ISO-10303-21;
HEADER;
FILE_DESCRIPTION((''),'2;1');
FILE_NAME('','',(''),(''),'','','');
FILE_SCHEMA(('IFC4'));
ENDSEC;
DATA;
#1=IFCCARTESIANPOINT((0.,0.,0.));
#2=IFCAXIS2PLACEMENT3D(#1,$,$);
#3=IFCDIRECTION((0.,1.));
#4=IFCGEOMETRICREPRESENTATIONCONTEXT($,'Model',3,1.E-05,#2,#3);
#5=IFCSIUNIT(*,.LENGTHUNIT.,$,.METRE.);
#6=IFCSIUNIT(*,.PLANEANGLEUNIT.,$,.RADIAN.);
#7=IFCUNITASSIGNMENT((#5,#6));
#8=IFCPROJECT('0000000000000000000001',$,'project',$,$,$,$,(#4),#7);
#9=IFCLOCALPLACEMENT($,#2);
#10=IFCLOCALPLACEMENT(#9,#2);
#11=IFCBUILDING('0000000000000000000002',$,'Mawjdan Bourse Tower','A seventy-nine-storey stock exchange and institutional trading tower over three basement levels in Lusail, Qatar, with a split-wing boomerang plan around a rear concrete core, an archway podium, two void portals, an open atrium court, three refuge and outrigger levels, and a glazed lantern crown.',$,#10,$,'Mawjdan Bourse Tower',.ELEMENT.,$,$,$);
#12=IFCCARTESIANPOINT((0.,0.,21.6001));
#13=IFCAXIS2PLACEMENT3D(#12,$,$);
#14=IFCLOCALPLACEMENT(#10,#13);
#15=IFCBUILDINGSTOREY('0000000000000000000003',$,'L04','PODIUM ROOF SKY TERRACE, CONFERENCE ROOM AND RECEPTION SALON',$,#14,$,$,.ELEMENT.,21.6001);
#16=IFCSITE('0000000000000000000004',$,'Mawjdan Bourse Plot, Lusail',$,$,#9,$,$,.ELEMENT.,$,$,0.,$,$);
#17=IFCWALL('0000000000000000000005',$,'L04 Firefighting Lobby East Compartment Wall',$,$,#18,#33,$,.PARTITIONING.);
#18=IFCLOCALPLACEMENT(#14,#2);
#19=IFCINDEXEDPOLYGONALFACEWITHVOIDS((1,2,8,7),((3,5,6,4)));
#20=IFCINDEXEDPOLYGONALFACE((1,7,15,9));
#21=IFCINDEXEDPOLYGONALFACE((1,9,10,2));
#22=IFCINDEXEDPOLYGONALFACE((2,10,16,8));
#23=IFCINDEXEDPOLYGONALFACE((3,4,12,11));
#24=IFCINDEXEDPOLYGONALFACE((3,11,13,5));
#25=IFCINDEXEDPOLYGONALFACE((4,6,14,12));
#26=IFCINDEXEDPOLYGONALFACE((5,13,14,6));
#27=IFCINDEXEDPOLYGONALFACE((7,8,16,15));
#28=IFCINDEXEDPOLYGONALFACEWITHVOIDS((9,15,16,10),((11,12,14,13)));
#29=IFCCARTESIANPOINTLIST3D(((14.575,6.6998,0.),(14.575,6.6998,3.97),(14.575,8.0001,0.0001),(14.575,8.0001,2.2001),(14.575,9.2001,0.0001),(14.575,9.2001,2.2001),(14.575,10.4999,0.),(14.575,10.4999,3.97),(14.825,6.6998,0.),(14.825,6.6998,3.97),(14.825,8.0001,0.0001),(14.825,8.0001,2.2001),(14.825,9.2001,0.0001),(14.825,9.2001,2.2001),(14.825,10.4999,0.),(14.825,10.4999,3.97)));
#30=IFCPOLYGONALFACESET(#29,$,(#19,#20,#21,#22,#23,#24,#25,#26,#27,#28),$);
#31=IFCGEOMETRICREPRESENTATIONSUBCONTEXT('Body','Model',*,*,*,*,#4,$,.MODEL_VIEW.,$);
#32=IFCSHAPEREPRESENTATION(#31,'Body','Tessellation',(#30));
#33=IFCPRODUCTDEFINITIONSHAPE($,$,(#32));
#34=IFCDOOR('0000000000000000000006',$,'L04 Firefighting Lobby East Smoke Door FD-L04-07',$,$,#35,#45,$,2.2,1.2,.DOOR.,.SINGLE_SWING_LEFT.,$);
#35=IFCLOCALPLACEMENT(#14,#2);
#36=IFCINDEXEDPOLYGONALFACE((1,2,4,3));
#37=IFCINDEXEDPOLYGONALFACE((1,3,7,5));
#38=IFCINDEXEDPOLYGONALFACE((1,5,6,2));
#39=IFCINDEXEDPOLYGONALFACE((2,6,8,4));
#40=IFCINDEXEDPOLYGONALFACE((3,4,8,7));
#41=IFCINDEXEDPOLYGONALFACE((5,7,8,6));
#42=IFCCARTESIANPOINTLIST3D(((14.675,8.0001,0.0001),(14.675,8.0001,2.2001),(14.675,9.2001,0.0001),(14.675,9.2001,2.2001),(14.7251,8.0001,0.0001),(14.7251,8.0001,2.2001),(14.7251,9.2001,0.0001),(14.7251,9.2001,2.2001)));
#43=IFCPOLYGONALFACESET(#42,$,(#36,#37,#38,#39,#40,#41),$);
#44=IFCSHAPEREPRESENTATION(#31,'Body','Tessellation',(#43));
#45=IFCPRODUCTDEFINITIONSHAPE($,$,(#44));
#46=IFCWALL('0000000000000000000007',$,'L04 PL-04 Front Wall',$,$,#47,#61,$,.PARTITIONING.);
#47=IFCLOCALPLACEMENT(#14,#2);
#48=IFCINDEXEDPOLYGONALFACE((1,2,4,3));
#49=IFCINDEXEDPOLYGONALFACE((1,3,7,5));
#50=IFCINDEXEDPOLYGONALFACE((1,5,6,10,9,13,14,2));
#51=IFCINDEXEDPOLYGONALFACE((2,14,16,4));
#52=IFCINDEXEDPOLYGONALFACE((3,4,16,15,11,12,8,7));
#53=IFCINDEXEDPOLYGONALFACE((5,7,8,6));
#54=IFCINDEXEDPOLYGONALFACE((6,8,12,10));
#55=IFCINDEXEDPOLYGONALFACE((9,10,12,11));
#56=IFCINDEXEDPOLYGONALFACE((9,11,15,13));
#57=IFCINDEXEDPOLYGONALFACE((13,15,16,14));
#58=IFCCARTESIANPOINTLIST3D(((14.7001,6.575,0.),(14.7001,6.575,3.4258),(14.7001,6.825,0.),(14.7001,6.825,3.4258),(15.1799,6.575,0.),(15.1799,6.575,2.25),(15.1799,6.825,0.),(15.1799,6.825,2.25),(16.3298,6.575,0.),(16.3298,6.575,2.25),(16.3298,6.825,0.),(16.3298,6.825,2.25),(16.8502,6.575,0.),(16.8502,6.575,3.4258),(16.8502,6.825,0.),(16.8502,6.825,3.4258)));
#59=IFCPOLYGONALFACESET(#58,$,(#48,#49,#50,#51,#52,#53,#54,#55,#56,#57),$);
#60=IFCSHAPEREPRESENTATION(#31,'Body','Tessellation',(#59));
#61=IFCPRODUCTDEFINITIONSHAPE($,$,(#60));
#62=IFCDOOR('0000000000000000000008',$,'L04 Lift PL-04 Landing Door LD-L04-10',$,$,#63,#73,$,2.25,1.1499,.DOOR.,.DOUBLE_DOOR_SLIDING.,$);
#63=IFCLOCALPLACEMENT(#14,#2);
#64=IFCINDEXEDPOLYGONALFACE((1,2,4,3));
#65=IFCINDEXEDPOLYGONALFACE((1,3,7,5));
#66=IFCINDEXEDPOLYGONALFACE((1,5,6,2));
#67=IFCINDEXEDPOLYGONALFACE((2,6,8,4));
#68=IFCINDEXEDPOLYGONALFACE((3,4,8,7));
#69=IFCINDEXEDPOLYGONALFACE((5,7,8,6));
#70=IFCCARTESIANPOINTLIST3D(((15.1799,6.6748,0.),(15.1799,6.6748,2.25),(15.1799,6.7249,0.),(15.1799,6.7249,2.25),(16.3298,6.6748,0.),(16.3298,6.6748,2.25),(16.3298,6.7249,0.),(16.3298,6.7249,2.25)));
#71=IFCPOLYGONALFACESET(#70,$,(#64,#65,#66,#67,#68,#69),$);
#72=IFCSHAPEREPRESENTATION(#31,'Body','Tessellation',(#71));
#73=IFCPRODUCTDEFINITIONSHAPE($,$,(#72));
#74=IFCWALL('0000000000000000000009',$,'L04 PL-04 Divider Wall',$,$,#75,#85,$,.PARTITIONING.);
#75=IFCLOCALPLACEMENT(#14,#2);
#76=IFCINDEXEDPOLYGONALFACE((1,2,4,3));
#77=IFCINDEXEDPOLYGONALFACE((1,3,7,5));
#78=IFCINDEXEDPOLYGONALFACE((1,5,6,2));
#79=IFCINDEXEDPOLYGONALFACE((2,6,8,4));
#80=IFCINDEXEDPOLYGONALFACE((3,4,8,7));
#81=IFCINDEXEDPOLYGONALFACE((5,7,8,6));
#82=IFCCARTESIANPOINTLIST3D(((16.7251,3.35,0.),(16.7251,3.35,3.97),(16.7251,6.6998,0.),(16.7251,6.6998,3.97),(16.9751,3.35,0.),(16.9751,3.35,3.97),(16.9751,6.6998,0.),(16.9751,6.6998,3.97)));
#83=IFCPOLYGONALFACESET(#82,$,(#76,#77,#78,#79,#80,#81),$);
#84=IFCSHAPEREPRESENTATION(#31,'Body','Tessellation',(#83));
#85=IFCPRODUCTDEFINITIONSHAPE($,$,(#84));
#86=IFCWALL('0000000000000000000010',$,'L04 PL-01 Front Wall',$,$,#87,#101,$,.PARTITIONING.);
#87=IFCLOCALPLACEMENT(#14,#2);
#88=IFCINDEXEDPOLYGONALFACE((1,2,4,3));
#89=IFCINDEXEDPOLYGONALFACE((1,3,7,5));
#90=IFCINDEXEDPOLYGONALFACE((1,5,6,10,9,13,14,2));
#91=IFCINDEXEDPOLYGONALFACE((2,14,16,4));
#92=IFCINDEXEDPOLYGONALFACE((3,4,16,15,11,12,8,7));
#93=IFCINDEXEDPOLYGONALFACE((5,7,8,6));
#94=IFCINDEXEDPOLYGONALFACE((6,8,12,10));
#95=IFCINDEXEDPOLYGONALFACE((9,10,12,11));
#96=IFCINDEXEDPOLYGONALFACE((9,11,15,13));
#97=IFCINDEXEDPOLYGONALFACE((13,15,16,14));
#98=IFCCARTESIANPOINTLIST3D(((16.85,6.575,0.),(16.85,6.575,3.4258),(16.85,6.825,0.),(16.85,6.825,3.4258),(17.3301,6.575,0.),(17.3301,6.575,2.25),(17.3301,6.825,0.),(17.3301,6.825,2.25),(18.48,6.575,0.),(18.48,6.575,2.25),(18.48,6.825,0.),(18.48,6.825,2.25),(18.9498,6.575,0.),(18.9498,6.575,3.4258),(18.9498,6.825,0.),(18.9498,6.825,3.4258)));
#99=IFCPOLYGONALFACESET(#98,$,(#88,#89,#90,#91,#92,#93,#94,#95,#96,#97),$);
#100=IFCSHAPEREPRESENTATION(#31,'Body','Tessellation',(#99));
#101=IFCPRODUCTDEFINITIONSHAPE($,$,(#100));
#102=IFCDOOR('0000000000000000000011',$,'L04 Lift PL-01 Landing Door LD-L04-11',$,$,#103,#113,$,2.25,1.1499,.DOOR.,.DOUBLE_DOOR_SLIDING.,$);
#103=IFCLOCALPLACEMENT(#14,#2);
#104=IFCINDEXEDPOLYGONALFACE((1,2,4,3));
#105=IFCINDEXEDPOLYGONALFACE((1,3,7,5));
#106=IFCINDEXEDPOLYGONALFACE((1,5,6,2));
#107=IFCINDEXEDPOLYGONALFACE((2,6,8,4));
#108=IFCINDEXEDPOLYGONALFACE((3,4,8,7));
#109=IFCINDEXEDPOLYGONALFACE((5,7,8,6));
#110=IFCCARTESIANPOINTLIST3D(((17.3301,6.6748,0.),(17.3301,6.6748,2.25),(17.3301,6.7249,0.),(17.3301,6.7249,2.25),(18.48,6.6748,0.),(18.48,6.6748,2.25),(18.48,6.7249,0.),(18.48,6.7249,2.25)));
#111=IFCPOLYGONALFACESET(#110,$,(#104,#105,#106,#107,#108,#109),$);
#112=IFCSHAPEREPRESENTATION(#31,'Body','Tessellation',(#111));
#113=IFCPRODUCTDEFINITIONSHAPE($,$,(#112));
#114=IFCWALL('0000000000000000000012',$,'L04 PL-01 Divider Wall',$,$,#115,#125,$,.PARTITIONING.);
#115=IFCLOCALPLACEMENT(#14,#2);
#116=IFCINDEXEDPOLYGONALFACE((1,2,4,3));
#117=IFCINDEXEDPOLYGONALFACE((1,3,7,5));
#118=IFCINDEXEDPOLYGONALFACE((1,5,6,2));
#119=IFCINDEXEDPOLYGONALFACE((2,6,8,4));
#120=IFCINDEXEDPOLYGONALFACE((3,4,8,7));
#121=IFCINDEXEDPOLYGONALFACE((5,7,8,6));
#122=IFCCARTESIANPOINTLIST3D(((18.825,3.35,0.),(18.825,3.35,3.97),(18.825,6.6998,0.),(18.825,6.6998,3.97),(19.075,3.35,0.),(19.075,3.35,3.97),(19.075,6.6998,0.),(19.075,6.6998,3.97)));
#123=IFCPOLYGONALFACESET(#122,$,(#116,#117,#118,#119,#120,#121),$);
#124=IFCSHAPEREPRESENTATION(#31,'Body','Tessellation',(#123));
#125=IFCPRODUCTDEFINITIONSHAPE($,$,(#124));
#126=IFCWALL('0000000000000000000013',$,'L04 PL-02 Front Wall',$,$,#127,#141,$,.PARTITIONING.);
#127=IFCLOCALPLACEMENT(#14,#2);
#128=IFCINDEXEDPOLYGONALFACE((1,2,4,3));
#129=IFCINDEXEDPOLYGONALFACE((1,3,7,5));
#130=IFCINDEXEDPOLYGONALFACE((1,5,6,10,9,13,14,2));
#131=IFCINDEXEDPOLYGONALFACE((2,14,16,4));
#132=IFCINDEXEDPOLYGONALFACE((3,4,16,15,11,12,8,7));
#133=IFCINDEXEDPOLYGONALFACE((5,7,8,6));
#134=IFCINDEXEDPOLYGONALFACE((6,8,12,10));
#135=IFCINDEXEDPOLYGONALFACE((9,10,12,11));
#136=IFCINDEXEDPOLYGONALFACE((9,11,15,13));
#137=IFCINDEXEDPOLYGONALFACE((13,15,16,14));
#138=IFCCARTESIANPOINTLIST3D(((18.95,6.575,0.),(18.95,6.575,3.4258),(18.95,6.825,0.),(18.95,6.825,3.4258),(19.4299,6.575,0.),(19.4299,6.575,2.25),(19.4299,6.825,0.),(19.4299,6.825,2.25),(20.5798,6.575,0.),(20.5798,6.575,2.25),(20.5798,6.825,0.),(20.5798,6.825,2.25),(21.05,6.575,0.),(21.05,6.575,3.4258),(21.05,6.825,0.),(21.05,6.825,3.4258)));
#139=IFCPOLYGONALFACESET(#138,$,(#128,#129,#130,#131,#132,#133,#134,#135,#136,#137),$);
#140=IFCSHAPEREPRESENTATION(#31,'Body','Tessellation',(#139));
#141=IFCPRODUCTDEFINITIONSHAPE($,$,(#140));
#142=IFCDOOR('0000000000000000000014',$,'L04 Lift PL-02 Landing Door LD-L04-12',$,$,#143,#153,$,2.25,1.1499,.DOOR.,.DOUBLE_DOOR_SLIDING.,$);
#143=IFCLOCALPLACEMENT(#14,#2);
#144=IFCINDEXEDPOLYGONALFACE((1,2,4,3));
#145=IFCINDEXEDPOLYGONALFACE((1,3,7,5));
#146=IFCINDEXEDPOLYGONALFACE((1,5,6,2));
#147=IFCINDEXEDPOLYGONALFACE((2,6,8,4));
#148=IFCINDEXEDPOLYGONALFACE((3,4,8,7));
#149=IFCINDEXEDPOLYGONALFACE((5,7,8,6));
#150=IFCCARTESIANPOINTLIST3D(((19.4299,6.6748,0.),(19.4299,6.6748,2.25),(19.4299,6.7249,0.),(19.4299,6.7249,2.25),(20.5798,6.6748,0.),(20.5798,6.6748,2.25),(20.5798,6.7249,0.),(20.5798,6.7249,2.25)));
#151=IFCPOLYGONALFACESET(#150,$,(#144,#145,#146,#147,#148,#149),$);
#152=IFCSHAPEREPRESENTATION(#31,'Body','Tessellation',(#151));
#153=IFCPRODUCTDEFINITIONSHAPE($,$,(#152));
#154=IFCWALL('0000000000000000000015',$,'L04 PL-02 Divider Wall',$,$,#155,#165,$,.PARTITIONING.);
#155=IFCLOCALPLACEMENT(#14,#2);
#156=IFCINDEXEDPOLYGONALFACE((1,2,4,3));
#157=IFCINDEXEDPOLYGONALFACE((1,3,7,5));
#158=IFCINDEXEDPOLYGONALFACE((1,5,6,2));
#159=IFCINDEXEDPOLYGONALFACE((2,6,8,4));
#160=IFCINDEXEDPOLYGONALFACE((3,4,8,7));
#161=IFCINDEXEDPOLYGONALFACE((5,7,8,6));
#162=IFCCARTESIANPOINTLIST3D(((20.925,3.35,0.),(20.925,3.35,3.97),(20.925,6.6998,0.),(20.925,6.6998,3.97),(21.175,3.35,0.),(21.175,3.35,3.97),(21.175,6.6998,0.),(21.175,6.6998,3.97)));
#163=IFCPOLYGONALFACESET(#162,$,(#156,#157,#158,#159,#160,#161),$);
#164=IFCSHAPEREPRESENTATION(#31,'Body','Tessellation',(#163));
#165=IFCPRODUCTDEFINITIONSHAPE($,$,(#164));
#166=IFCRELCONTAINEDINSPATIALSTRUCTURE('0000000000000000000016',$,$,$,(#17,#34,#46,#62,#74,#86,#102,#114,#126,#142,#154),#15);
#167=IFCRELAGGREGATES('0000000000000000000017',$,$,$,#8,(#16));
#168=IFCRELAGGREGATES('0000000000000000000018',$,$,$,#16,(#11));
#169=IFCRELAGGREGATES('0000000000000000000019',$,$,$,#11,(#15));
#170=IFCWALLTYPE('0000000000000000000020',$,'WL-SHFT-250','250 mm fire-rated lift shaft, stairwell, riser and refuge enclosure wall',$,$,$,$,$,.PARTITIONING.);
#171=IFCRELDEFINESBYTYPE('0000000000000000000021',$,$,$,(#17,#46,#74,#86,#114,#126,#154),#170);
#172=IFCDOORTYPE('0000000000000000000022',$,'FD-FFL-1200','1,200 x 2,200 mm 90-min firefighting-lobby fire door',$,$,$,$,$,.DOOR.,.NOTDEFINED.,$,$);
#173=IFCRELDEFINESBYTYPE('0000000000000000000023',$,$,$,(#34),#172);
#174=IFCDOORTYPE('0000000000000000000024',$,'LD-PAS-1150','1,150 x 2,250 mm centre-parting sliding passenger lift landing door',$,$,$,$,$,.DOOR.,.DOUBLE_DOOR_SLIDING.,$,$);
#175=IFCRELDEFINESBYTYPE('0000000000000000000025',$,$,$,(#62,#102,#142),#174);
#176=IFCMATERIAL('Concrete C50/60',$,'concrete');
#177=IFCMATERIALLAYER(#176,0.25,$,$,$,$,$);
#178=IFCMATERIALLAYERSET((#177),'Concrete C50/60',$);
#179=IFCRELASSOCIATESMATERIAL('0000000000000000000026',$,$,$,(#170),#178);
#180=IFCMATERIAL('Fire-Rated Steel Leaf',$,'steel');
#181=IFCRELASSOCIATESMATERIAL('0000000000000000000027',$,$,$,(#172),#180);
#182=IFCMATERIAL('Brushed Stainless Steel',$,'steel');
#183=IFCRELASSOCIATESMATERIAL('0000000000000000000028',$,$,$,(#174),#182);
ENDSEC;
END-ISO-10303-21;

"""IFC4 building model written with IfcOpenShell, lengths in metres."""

from ifc_helpers import new_model, si_unit, direction, frame, frame_2d, origin, place, context, subcontext, project, spatial, rectangle, extrude, material, layer, layer_set, type_object, element, fill, save


model = new_model("IFC4")

# Units and contexts
model_context = context("Model", 3, precision=1e-05, world=origin(), true_north=direction((0.0, 1.0)))
body_context = subcontext(model_context, "Body", "Model", "MODEL_VIEW")
ifc_project = project(units=[si_unit("LENGTHUNIT", "METRE"), si_unit("PLANEANGLEUNIT", "RADIAN")], contexts=[model_context])

# Site, building, storey
site_placement = place(None, origin())
site = spatial("IfcSite", under=ifc_project, at=site_placement, Name="Mawjdan Bourse Plot, Lusail", CompositionType="ELEMENT", RefElevation=0.0)
building_placement = place(site_placement, origin())
building = spatial("IfcBuilding", under=site, at=building_placement, Name="Mawjdan Bourse Tower", Description="A seventy-nine-storey stock exchange and institutional trading tower over three basement levels in Lusail, Qatar, with a split-wing boomerang plan around a rear concrete core, an archway podium, two void portals, an open atrium court, three refuge and outrigger levels, and a glazed lantern crown.", LongName="Mawjdan Bourse Tower", CompositionType="ELEMENT")
storey_placement = place(building_placement, frame((0.0, 0.0, 21.6001)))
storey = spatial("IfcBuildingStorey", under=building, at=storey_placement, Name="L04", Description="PODIUM ROOF SKY TERRACE, CONFERENCE ROOM AND RECEPTION SALON", CompositionType="ELEMENT", Elevation=21.6001)

# Shared definitions
ifc_material_1 = material(Name="Concrete C50/60", Category="concrete")
ifc_layer = layer(ifc_material_1, 0.25)
ifc_layer_set = layer_set([ifc_layer], Name="Concrete C50/60")
wall_type = type_object("IfcWallType", Name="WL-SHFT-250", Description="250 mm fire-rated lift shaft, stairwell, riser and refuge enclosure wall", PredefinedType="PARTITIONING", material=ifc_layer_set)

# Shared definitions
ifc_material_2 = material(Name="Brushed Stainless Steel", Category="steel")

# Walls, openings, doors
wall_1_placement = place(storey_placement, frame((14.7, 6.7, 0.0), z_axis=(0.0, 0.0, 1.0), x_axis=(0.0, 1.0, 0.0)))
wall_1 = element("IfcWall", 1, at=wall_1_placement, inside=storey, type_object=wall_type, Name="L04 Firefighting Lobby East Compartment Wall", PredefinedType="PARTITIONING", context=body_context, shape_type="SweptSolid", body=[
    extrude(rectangle(XDim=3.8, YDim=0.25, at=frame_2d((1.8999, 0.0))), origin(), (0.0, 0.0, 1.0), 3.97),
])
opening_1_placement = place(wall_1_placement, frame((1.3, 0.0, 0.0)))
opening_1 = element("IfcOpeningElement", 2, at=opening_1_placement, cuts=wall_1, PredefinedType="OPENING", context=body_context, shape_type="SweptSolid", body=[
    extrude(rectangle(XDim=1.2, YDim=2.2, at=frame_2d((0.6001, 1.1001))), frame((0.0, 0.135, 0.0), z_axis=(0.0, -1.0, 0.0), x_axis=(1.0, 0.0, 0.0)), (0.0, 0.0, 1.0), 0.27),
])
ifc_material_3 = material(Name="Fire-Rated Steel Leaf", Category="steel")
door_type_1 = type_object("IfcDoorType", Name="FD-FFL-1200", Description="1,200 x 2,200 mm 90-min firefighting-lobby fire door", OperationType="NOTDEFINED", PredefinedType="DOOR", material=ifc_material_3)
door_1_placement = place(opening_1_placement, origin())
door_1 = element("IfcDoor", 3, at=door_1_placement, inside=storey, type_object=door_type_1, Name="L04 Firefighting Lobby East Smoke Door FD-L04-07", OperationType="SINGLE_SWING_LEFT", OverallHeight=2.2, OverallWidth=1.2, PredefinedType="DOOR", context=body_context, shape_type="SweptSolid", body=[
    extrude(rectangle(XDim=1.2, YDim=2.2, at=frame_2d((0.6001, 1.1001))), frame((0.0, 0.0249, 0.0), z_axis=(0.0, -1.0, 0.0), x_axis=(1.0, 0.0, 0.0)), (0.0, 0.0, 1.0), 0.05),
])
fill(opening_1, door_1)
wall_2_placement = place(storey_placement, frame((14.7, 6.7, 0.0), z_axis=(0.0, 0.0, 1.0), x_axis=(1.0, 0.0, 0.0)))
wall_2 = element("IfcWall", 4, at=wall_2_placement, inside=storey, type_object=wall_type, Name="L04 PL-04 Front Wall", PredefinedType="PARTITIONING", context=body_context, shape_type="SweptSolid", body=[
    extrude(rectangle(XDim=2.1501, YDim=0.25, at=frame_2d((1.0752, 0.0))), origin(), (0.0, 0.0, 1.0), 3.4258),
])
opening_2_placement = place(wall_2_placement, frame((0.48, 0.0, 0.0)))
opening_2 = element("IfcOpeningElement", 5, at=opening_2_placement, cuts=wall_2, PredefinedType="OPENING", context=body_context, shape_type="SweptSolid", body=[
    extrude(rectangle(XDim=1.1499, YDim=2.25, at=frame_2d((0.575, 1.125))), frame((0.0, 0.135, 0.0), z_axis=(0.0, -1.0, 0.0), x_axis=(1.0, 0.0, 0.0)), (0.0, 0.0, 1.0), 0.27),
])
door_type_2 = type_object("IfcDoorType", Name="LD-PAS-1150", Description="1,150 x 2,250 mm centre-parting sliding passenger lift landing door", OperationType="DOUBLE_DOOR_SLIDING", PredefinedType="DOOR", material=ifc_material_2)
door_2_placement = place(opening_2_placement, origin())
door_2 = element("IfcDoor", 6, at=door_2_placement, inside=storey, type_object=door_type_2, Name="L04 Lift PL-04 Landing Door LD-L04-10", OperationType="DOUBLE_DOOR_SLIDING", OverallHeight=2.25, OverallWidth=1.1499, PredefinedType="DOOR", context=body_context, shape_type="SweptSolid", body=[
    extrude(rectangle(XDim=1.1499, YDim=2.25, at=frame_2d((0.575, 1.125))), frame((0.0, 0.0249, 0.0), z_axis=(0.0, -1.0, 0.0), x_axis=(1.0, 0.0, 0.0)), (0.0, 0.0, 1.0), 0.05),
])
fill(opening_2, door_2)

# Wall
wall_3_placement = place(storey_placement, frame((16.8501, 3.3501, 0.0), z_axis=(0.0, 0.0, 1.0), x_axis=(0.0, 1.0, 0.0)))
element("IfcWall", 7, at=wall_3_placement, inside=storey, type_object=wall_type, Name="L04 PL-04 Divider Wall", PredefinedType="PARTITIONING", context=body_context, shape_type="SweptSolid", body=[
    extrude(rectangle(XDim=3.3499, YDim=0.25, at=frame_2d((1.6748, 0.0))), origin(), (0.0, 0.0, 1.0), 3.97),
])

# Wall, opening, door
wall_4_placement = place(storey_placement, frame((16.8501, 6.7, 0.0), z_axis=(0.0, 0.0, 1.0), x_axis=(1.0, 0.0, 0.0)))
wall_4 = element("IfcWall", 8, at=wall_4_placement, inside=storey, type_object=wall_type, Name="L04 PL-01 Front Wall", PredefinedType="PARTITIONING", context=body_context, shape_type="SweptSolid", body=[
    extrude(rectangle(XDim=2.0999, YDim=0.25, at=frame_2d((1.0498, 0.0))), origin(), (0.0, 0.0, 1.0), 3.4258),
])
opening_3_placement = place(wall_4_placement, frame((0.48, 0.0, 0.0)))
opening_3 = element("IfcOpeningElement", 9, at=opening_3_placement, cuts=wall_4, PredefinedType="OPENING", context=body_context, shape_type="SweptSolid", body=[
    extrude(rectangle(XDim=1.1499, YDim=2.25, at=frame_2d((0.575, 1.125))), frame((0.0, 0.135, 0.0), z_axis=(0.0, -1.0, 0.0), x_axis=(1.0, 0.0, 0.0)), (0.0, 0.0, 1.0), 0.27),
])
door_3_placement = place(opening_3_placement, origin())
door_3 = element("IfcDoor", 10, at=door_3_placement, inside=storey, type_object=door_type_2, Name="L04 Lift PL-01 Landing Door LD-L04-11", OperationType="DOUBLE_DOOR_SLIDING", OverallHeight=2.25, OverallWidth=1.1499, PredefinedType="DOOR", context=body_context, shape_type="SweptSolid", body=[
    extrude(rectangle(XDim=1.1499, YDim=2.25, at=frame_2d((0.575, 1.125))), frame((0.0, 0.0249, 0.0), z_axis=(0.0, -1.0, 0.0), x_axis=(1.0, 0.0, 0.0)), (0.0, 0.0, 1.0), 0.05),
])
fill(opening_3, door_3)

# Wall
wall_5_placement = place(storey_placement, frame((18.95, 3.3501, 0.0), z_axis=(0.0, 0.0, 1.0), x_axis=(0.0, 1.0, 0.0)))
element("IfcWall", 11, at=wall_5_placement, inside=storey, type_object=wall_type, Name="L04 PL-01 Divider Wall", PredefinedType="PARTITIONING", context=body_context, shape_type="SweptSolid", body=[
    extrude(rectangle(XDim=3.3499, YDim=0.25, at=frame_2d((1.6748, 0.0))), origin(), (0.0, 0.0, 1.0), 3.97),
])

# Wall, opening, door
wall_6_placement = place(storey_placement, frame((18.95, 6.7, 0.0), z_axis=(0.0, 0.0, 1.0), x_axis=(1.0, 0.0, 0.0)))
wall_6 = element("IfcWall", 12, at=wall_6_placement, inside=storey, type_object=wall_type, Name="L04 PL-02 Front Wall", PredefinedType="PARTITIONING", context=body_context, shape_type="SweptSolid", body=[
    extrude(rectangle(XDim=2.1001, YDim=0.25, at=frame_2d((1.05, 0.0))), origin(), (0.0, 0.0, 1.0), 3.4258),
])
opening_4_placement = place(wall_6_placement, frame((0.48, 0.0, 0.0)))
opening_4 = element("IfcOpeningElement", 13, at=opening_4_placement, cuts=wall_6, PredefinedType="OPENING", context=body_context, shape_type="SweptSolid", body=[
    extrude(rectangle(XDim=1.1499, YDim=2.25, at=frame_2d((0.575, 1.125))), frame((0.0, 0.135, 0.0), z_axis=(0.0, -1.0, 0.0), x_axis=(1.0, 0.0, 0.0)), (0.0, 0.0, 1.0), 0.27),
])
door_4_placement = place(opening_4_placement, origin())
door_4 = element("IfcDoor", 14, at=door_4_placement, inside=storey, type_object=door_type_2, Name="L04 Lift PL-02 Landing Door LD-L04-12", OperationType="DOUBLE_DOOR_SLIDING", OverallHeight=2.25, OverallWidth=1.1499, PredefinedType="DOOR", context=body_context, shape_type="SweptSolid", body=[
    extrude(rectangle(XDim=1.1499, YDim=2.25, at=frame_2d((0.575, 1.125))), frame((0.0, 0.0249, 0.0), z_axis=(0.0, -1.0, 0.0), x_axis=(1.0, 0.0, 0.0)), (0.0, 0.0, 1.0), 0.05),
])
fill(opening_4, door_4)

# Wall
wall_7_placement = place(storey_placement, frame((21.05, 3.3501, 0.0), z_axis=(0.0, 0.0, 1.0), x_axis=(0.0, 1.0, 0.0)))
element("IfcWall", 15, at=wall_7_placement, inside=storey, type_object=wall_type, Name="L04 PL-02 Divider Wall", PredefinedType="PARTITIONING", context=body_context, shape_type="SweptSolid", body=[
    extrude(rectangle(XDim=3.3499, YDim=0.25, at=frame_2d((1.6748, 0.0))), origin(), (0.0, 0.0, 1.0), 3.97),
])

save(model, "model.ifc")
